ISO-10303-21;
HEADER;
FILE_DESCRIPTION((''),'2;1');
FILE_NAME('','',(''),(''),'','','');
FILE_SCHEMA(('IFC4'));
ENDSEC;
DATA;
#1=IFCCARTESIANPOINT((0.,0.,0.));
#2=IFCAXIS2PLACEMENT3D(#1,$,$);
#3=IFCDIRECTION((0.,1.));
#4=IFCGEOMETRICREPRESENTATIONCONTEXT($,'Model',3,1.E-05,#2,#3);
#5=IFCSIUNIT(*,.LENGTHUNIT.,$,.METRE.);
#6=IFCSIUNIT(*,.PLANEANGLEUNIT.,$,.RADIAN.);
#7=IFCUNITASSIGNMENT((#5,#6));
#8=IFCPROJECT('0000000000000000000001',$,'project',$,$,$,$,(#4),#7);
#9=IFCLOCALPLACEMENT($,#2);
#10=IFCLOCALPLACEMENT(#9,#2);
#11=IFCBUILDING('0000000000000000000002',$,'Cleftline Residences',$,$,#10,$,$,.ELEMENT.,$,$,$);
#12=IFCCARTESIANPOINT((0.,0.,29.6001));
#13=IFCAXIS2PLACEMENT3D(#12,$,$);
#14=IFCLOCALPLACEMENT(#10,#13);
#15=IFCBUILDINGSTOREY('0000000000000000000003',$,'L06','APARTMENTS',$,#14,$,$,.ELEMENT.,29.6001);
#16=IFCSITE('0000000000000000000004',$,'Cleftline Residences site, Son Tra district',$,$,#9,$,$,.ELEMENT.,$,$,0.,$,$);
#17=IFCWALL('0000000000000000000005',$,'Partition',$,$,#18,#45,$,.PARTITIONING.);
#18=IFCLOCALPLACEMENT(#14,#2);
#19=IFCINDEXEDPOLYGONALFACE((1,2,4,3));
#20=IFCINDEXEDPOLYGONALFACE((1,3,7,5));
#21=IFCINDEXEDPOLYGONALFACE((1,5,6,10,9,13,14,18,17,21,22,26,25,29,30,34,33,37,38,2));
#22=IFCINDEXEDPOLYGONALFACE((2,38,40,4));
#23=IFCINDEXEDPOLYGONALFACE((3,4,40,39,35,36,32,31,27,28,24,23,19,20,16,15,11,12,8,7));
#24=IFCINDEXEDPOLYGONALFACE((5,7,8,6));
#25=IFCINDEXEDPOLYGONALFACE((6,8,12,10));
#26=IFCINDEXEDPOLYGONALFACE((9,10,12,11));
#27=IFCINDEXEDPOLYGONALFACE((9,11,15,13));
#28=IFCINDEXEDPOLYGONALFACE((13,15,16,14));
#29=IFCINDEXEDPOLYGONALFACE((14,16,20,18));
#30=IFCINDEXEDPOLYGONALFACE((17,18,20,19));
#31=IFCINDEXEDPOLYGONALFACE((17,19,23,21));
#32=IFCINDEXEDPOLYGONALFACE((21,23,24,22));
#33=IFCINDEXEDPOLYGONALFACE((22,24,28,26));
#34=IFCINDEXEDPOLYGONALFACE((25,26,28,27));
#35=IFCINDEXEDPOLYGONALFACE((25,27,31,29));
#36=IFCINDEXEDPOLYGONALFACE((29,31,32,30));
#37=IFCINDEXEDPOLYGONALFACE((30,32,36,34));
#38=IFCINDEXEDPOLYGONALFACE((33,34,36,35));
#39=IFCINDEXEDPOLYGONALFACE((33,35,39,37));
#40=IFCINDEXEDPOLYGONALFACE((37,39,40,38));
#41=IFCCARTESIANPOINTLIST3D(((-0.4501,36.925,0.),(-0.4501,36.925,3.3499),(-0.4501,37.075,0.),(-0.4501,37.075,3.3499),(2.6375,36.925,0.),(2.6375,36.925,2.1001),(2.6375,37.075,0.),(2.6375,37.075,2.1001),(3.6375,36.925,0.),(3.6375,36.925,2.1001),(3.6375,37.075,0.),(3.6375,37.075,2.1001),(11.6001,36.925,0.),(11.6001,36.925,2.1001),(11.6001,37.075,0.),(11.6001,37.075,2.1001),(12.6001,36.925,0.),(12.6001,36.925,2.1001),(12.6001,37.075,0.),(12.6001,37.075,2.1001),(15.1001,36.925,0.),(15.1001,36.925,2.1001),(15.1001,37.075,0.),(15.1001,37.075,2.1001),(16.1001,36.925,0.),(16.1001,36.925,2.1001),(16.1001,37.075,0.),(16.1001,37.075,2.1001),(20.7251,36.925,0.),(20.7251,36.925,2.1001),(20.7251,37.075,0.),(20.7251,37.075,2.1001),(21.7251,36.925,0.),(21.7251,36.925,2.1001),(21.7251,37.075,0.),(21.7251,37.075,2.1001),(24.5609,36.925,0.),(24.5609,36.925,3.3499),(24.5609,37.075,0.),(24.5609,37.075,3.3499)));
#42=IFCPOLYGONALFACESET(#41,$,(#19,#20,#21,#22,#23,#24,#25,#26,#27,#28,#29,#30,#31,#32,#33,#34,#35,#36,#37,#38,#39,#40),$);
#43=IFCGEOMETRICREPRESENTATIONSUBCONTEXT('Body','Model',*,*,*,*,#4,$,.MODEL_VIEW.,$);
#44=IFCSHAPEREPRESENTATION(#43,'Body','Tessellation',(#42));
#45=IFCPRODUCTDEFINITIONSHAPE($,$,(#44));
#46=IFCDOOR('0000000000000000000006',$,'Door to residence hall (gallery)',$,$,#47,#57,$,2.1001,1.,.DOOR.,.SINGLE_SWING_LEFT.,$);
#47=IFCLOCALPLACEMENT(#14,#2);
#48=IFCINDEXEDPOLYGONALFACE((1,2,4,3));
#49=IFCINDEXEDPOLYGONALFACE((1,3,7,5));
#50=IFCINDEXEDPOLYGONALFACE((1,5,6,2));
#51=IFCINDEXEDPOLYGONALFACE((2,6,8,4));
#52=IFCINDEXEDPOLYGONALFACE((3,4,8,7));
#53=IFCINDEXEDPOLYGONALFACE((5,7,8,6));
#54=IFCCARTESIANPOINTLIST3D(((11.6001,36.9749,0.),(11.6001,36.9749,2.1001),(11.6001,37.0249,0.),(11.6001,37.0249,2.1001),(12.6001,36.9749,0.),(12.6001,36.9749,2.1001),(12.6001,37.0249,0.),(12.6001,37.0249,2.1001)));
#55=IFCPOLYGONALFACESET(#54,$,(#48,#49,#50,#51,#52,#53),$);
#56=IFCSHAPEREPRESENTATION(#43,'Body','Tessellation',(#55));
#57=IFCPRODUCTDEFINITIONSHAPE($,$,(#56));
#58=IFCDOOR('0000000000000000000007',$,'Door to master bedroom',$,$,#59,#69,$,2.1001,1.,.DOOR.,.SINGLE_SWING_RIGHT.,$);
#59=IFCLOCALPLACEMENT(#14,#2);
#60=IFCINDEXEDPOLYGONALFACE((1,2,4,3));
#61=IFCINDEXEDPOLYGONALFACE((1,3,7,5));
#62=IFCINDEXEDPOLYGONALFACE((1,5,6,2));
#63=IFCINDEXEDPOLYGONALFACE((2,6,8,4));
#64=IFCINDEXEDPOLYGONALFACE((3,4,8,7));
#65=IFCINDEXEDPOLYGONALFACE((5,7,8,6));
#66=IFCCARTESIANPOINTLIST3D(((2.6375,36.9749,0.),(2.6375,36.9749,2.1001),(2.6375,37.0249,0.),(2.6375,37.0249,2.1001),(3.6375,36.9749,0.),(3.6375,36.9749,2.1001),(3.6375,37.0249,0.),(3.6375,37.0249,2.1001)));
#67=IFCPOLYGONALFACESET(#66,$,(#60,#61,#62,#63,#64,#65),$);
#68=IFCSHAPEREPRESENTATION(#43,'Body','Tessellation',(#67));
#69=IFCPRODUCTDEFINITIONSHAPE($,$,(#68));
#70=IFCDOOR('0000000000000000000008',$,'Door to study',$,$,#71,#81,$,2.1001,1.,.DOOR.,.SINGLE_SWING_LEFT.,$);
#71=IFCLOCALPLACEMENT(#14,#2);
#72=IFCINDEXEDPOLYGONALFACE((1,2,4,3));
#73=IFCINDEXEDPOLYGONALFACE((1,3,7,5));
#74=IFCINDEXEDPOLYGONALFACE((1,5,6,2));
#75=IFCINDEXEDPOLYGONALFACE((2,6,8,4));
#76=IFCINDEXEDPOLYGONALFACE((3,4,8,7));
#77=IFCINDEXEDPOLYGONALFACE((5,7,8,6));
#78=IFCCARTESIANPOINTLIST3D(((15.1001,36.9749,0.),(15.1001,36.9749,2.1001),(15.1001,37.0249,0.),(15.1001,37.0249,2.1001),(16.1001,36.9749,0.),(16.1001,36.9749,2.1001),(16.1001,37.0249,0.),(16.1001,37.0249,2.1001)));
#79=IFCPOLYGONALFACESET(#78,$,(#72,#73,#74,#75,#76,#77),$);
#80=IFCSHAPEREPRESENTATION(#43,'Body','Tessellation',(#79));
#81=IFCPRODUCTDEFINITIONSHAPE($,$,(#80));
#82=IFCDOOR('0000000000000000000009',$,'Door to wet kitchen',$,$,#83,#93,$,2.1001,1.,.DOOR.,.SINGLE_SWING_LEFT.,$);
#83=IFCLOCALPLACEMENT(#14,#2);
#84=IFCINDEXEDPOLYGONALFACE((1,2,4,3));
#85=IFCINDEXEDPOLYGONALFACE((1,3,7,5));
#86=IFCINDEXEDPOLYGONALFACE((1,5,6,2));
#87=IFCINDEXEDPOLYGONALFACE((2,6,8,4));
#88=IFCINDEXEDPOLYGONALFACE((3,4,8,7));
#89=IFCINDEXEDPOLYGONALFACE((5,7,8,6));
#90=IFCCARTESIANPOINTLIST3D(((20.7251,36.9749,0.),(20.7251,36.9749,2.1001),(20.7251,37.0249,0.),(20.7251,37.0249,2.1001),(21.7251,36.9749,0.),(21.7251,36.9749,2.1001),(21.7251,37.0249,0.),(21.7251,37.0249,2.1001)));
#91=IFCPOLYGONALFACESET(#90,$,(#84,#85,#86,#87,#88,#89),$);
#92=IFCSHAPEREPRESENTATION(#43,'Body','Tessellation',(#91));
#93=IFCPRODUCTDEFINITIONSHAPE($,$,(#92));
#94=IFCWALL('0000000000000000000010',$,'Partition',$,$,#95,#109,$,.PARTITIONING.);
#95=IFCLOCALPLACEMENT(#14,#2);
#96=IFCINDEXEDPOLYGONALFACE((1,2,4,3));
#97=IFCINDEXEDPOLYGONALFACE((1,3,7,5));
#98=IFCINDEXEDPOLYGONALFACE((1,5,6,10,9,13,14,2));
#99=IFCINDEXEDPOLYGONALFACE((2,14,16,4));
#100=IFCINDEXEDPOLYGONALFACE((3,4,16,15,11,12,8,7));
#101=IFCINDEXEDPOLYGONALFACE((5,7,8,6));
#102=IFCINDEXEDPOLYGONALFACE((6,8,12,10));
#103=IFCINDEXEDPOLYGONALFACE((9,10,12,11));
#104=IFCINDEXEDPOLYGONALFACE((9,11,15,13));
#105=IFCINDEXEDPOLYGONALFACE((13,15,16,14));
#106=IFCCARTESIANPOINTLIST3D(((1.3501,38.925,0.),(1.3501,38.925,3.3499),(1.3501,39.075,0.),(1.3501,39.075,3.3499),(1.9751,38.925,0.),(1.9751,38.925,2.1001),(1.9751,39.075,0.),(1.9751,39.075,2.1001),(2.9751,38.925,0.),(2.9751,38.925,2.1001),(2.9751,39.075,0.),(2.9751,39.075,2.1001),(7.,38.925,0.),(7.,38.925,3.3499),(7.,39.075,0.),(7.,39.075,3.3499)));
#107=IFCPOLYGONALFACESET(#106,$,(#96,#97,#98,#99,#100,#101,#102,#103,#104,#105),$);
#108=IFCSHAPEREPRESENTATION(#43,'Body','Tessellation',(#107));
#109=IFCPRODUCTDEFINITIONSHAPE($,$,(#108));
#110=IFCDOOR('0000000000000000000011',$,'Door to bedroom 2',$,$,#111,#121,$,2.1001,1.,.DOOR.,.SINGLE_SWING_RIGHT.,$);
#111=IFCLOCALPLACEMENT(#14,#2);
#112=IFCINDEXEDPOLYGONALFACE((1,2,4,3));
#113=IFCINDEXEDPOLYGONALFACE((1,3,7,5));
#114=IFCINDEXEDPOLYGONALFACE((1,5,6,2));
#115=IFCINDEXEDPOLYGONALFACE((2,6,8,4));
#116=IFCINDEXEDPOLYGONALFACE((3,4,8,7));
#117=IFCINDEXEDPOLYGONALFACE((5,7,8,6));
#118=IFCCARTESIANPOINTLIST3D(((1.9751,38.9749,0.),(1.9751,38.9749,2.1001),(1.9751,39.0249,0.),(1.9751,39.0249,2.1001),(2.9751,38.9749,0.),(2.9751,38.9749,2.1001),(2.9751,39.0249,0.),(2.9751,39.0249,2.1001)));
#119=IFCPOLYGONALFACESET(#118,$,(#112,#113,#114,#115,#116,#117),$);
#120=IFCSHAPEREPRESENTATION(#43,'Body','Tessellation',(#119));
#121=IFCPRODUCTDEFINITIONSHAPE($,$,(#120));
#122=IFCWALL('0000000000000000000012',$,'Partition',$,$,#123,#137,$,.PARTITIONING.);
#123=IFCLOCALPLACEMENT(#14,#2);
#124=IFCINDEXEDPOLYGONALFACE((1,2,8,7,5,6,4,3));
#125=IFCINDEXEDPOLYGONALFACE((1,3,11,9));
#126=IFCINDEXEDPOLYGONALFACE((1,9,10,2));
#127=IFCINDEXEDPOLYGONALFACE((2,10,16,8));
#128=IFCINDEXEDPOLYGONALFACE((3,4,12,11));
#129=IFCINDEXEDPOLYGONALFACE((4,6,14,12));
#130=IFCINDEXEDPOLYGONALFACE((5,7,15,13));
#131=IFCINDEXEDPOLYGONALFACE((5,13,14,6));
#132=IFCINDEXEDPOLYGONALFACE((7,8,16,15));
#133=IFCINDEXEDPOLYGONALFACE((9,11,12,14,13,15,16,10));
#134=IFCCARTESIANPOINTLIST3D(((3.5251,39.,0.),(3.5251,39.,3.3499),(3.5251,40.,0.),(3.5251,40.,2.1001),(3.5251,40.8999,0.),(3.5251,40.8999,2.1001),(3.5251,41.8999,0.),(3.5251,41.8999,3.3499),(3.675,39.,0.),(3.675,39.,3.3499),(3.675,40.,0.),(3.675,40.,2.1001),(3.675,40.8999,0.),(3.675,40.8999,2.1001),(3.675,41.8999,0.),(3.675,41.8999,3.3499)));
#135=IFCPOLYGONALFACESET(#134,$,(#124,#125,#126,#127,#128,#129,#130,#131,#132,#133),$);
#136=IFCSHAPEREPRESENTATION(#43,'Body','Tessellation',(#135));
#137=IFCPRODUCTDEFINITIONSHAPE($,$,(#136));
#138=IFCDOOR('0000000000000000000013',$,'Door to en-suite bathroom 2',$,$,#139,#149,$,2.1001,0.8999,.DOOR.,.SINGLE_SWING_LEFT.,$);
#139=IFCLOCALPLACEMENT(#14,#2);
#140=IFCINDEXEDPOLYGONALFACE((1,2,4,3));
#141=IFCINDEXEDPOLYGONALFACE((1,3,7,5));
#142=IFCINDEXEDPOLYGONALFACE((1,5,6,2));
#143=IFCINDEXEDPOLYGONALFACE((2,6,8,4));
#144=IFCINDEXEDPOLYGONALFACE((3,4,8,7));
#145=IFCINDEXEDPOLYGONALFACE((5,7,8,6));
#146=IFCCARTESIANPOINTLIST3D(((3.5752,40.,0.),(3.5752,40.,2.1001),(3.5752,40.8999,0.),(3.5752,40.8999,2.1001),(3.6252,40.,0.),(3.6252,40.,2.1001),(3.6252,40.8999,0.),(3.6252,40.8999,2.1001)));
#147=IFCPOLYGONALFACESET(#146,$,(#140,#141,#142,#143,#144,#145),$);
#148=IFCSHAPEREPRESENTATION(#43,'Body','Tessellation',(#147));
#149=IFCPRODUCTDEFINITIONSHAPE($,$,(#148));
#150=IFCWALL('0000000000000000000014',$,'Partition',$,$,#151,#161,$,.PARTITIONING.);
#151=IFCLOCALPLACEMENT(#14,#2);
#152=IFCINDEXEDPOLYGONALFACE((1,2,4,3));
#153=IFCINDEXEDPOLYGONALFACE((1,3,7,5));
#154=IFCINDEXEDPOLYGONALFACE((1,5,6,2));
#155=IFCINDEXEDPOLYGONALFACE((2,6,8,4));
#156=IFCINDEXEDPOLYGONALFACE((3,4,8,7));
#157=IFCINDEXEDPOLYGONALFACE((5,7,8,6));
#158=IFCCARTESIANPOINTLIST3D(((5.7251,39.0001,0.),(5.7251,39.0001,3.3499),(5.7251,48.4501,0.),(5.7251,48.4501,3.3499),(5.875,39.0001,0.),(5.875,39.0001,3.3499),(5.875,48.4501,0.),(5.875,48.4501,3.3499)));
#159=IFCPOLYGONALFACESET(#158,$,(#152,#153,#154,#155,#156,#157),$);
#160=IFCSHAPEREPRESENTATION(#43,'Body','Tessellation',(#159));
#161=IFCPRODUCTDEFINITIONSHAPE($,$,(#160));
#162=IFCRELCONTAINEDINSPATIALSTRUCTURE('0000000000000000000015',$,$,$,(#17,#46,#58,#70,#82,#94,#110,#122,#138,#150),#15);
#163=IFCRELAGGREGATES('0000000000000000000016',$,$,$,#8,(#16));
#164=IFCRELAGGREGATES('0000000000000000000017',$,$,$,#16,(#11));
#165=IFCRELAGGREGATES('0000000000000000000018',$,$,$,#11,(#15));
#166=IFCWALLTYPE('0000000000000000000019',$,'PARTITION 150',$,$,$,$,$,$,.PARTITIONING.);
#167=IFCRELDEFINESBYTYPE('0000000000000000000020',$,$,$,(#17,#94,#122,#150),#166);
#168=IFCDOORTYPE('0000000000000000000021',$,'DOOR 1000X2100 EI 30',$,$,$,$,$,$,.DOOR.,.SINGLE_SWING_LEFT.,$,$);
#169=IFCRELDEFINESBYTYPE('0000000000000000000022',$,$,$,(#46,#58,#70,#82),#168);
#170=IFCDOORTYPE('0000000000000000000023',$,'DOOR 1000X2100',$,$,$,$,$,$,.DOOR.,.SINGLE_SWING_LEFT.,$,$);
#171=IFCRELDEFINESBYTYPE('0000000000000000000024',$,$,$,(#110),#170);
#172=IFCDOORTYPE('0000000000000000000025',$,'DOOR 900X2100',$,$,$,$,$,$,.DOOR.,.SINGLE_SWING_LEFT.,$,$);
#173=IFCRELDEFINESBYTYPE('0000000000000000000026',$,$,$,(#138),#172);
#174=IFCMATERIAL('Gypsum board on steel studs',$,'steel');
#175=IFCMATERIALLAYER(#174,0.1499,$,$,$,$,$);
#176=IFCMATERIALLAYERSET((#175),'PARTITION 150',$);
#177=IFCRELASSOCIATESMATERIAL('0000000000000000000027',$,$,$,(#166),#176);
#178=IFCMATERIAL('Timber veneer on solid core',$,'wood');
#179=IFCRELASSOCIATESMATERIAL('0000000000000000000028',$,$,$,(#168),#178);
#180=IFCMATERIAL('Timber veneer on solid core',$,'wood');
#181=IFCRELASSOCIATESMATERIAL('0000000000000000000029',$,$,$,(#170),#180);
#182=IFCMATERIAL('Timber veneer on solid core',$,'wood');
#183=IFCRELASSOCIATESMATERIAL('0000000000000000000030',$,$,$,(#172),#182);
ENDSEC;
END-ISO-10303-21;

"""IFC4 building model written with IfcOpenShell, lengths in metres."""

from ifc_helpers import new_model, si_unit, direction, frame, frame_2d, origin, place, context, subcontext, project, spatial, rectangle, extrude, material, layer, layer_set, type_object, element, fill, save


model = new_model("IFC4")

# Units and contexts
model_context = context("Model", 3, precision=1e-05, world=origin(), true_north=direction((0.0, 1.0)))
body_context = subcontext(model_context, "Body", "Model", "MODEL_VIEW")
ifc_project = project(units=[si_unit("LENGTHUNIT", "METRE"), si_unit("PLANEANGLEUNIT", "RADIAN")], contexts=[model_context])

# Site, building, storey
site_placement = place(None, origin())
site = spatial("IfcSite", under=ifc_project, at=site_placement, Name="Cleftline Residences site, Son Tra district", CompositionType="ELEMENT", RefElevation=0.0)
building_placement = place(site_placement, origin())
building = spatial("IfcBuilding", under=site, at=building_placement, Name="Cleftline Residences", CompositionType="ELEMENT")
storey_placement = place(building_placement, frame((0.0, 0.0, 29.6001)))
storey = spatial("IfcBuildingStorey", under=building, at=storey_placement, Name="L06", Description="APARTMENTS", CompositionType="ELEMENT", Elevation=29.6001)

# Shared definitions
ifc_material_1 = material(Name="Gypsum board on steel studs", Category="steel")
ifc_layer = layer(ifc_material_1, 0.1499)
ifc_layer_set = layer_set([ifc_layer], Name="PARTITION 150")
wall_type = type_object("IfcWallType", Name="PARTITION 150", PredefinedType="PARTITIONING", material=ifc_layer_set)

# Wall, openings, doors
wall_1_placement = place(storey_placement, frame((-0.45, 37.0, 0.0), z_axis=(0.0, 0.0, 1.0), x_axis=(1.0, 0.0, 0.0)))
wall_1 = element("IfcWall", 1, at=wall_1_placement, inside=storey, type_object=wall_type, Name="Partition", PredefinedType="PARTITIONING", context=body_context, shape_type="SweptSolid", body=[
    extrude(rectangle(XDim=25.011, YDim=0.1499, at=frame_2d((12.5054, 0.0))), origin(), (0.0, 0.0, 1.0), 3.3499),
])
opening_1_placement = place(wall_1_placement, frame((12.05, 0.0, 0.0)))
opening_1 = element("IfcOpeningElement", 2, at=opening_1_placement, cuts=wall_1, PredefinedType="OPENING", context=body_context, shape_type="SweptSolid", body=[
    extrude(rectangle(XDim=1.0, YDim=2.1001, at=frame_2d((0.5, 1.05))), frame((0.0, 0.085, 0.0), z_axis=(0.0, -1.0, 0.0), x_axis=(1.0, 0.0, 0.0)), (0.0, 0.0, 1.0), 0.1699),
])
opening_2_placement = place(wall_1_placement, frame((3.0874, 0.0, 0.0)))
opening_2 = element("IfcOpeningElement", 3, at=opening_2_placement, cuts=wall_1, PredefinedType="OPENING", context=body_context, shape_type="SweptSolid", body=[
    extrude(rectangle(XDim=1.0, YDim=2.1001, at=frame_2d((0.5, 1.05))), frame((0.0, 0.085, 0.0), z_axis=(0.0, -1.0, 0.0), x_axis=(1.0, 0.0, 0.0)), (0.0, 0.0, 1.0), 0.1699),
])
opening_3_placement = place(wall_1_placement, frame((15.55, 0.0, 0.0)))
opening_3 = element("IfcOpeningElement", 4, at=opening_3_placement, cuts=wall_1, PredefinedType="OPENING", context=body_context, shape_type="SweptSolid", body=[
    extrude(rectangle(XDim=1.0, YDim=2.1001, at=frame_2d((0.5, 1.05))), frame((0.0, 0.085, 0.0), z_axis=(0.0, -1.0, 0.0), x_axis=(1.0, 0.0, 0.0)), (0.0, 0.0, 1.0), 0.1699),
])
opening_4_placement = place(wall_1_placement, frame((21.175, 0.0, 0.0)))
opening_4 = element("IfcOpeningElement", 5, at=opening_4_placement, cuts=wall_1, PredefinedType="OPENING", context=body_context, shape_type="SweptSolid", body=[
    extrude(rectangle(XDim=1.0, YDim=2.1001, at=frame_2d((0.5, 1.05))), frame((0.0, 0.085, 0.0), z_axis=(0.0, -1.0, 0.0), x_axis=(1.0, 0.0, 0.0)), (0.0, 0.0, 1.0), 0.1699),
])
ifc_material_2 = material(Name="Timber veneer on solid core", Category="wood")
door_type_1 = type_object("IfcDoorType", Name="DOOR 1000X2100 EI 30", OperationType="SINGLE_SWING_LEFT", PredefinedType="DOOR", material=ifc_material_2)
door_1_placement = place(opening_1_placement, origin())
door_1 = element("IfcDoor", 6, at=door_1_placement, inside=storey, type_object=door_type_1, Name="Door to residence hall (gallery)", OperationType="SINGLE_SWING_LEFT", OverallHeight=2.1001, OverallWidth=1.0, PredefinedType="DOOR", context=body_context, shape_type="SweptSolid", body=[
    extrude(rectangle(XDim=1.0, YDim=2.1001, at=frame_2d((0.5, 1.05))), frame((0.0, 0.0249, 0.0), z_axis=(0.0, -1.0, 0.0), x_axis=(1.0, 0.0, 0.0)), (0.0, 0.0, 1.0), 0.05),
])
fill(opening_1, door_1)
door_2_placement = place(opening_2_placement, origin())
door_2 = element("IfcDoor", 7, at=door_2_placement, inside=storey, type_object=door_type_1, Name="Door to master bedroom", OperationType="SINGLE_SWING_RIGHT", OverallHeight=2.1001, OverallWidth=1.0, PredefinedType="DOOR", context=body_context, shape_type="SweptSolid", body=[
    extrude(rectangle(XDim=1.0, YDim=2.1001, at=frame_2d((0.5, 1.05))), frame((0.0, 0.0249, 0.0), z_axis=(0.0, -1.0, 0.0), x_axis=(1.0, 0.0, 0.0)), (0.0, 0.0, 1.0), 0.05),
])
fill(opening_2, door_2)
door_3_placement = place(opening_3_placement, origin())
door_3 = element("IfcDoor", 8, at=door_3_placement, inside=storey, type_object=door_type_1, Name="Door to study", OperationType="SINGLE_SWING_LEFT", OverallHeight=2.1001, OverallWidth=1.0, PredefinedType="DOOR", context=body_context, shape_type="SweptSolid", body=[
    extrude(rectangle(XDim=1.0, YDim=2.1001, at=frame_2d((0.5, 1.05))), frame((0.0, 0.0249, 0.0), z_axis=(0.0, -1.0, 0.0), x_axis=(1.0, 0.0, 0.0)), (0.0, 0.0, 1.0), 0.05),
])
fill(opening_3, door_3)
door_4_placement = place(opening_4_placement, origin())
door_4 = element("IfcDoor", 9, at=door_4_placement, inside=storey, type_object=door_type_1, Name="Door to wet kitchen", OperationType="SINGLE_SWING_LEFT", OverallHeight=2.1001, OverallWidth=1.0, PredefinedType="DOOR", context=body_context, shape_type="SweptSolid", body=[
    extrude(rectangle(XDim=1.0, YDim=2.1001, at=frame_2d((0.5, 1.05))), frame((0.0, 0.0249, 0.0), z_axis=(0.0, -1.0, 0.0), x_axis=(1.0, 0.0, 0.0)), (0.0, 0.0, 1.0), 0.05),
])
fill(opening_4, door_4)

# Walls, openings, doors
wall_2_placement = place(storey_placement, frame((1.3501, 39.0, 0.0), z_axis=(0.0, 0.0, 1.0), x_axis=(1.0, 0.0, 0.0)))
wall_2 = element("IfcWall", 10, at=wall_2_placement, inside=storey, type_object=wall_type, Name="Partition", PredefinedType="PARTITIONING", context=body_context, shape_type="SweptSolid", body=[
    extrude(rectangle(XDim=5.6499, YDim=0.1499, at=frame_2d((2.825, 0.0))), origin(), (0.0, 0.0, 1.0), 3.3499),
])
opening_5_placement = place(wall_2_placement, frame((0.625, 0.0, 0.0)))
opening_5 = element("IfcOpeningElement", 11, at=opening_5_placement, cuts=wall_2, PredefinedType="OPENING", context=body_context, shape_type="SweptSolid", body=[
    extrude(rectangle(XDim=1.0, YDim=2.1001, at=frame_2d((0.5, 1.05))), frame((0.0, 0.085, 0.0), z_axis=(0.0, -1.0, 0.0), x_axis=(1.0, 0.0, 0.0)), (0.0, 0.0, 1.0), 0.1699),
])
ifc_material_3 = material(Name="Timber veneer on solid core", Category="wood")
door_type_2 = type_object("IfcDoorType", Name="DOOR 1000X2100", OperationType="SINGLE_SWING_LEFT", PredefinedType="DOOR", material=ifc_material_3)
door_5_placement = place(opening_5_placement, origin())
door_5 = element("IfcDoor", 12, at=door_5_placement, inside=storey, type_object=door_type_2, Name="Door to bedroom 2", OperationType="SINGLE_SWING_RIGHT", OverallHeight=2.1001, OverallWidth=1.0, PredefinedType="DOOR", context=body_context, shape_type="SweptSolid", body=[
    extrude(rectangle(XDim=1.0, YDim=2.1001, at=frame_2d((0.5, 1.05))), frame((0.0, 0.0249, 0.0), z_axis=(0.0, -1.0, 0.0), x_axis=(1.0, 0.0, 0.0)), (0.0, 0.0, 1.0), 0.05),
])
fill(opening_5, door_5)
wall_3_placement = place(storey_placement, frame((3.6001, 39.0, 0.0), z_axis=(0.0, 0.0, 1.0), x_axis=(0.0, 1.0, 0.0)))
wall_3 = element("IfcWall", 13, at=wall_3_placement, inside=storey, type_object=wall_type, Name="Partition", PredefinedType="PARTITIONING", context=body_context, shape_type="SweptSolid", body=[
    extrude(rectangle(XDim=2.8999, YDim=0.1499, at=frame_2d((1.45, 0.0))), origin(), (0.0, 0.0, 1.0), 3.3499),
])
opening_6_placement = place(wall_3_placement, frame((1.0, 0.0, 0.0)))
opening_6 = element("IfcOpeningElement", 14, at=opening_6_placement, cuts=wall_3, PredefinedType="OPENING", context=body_context, shape_type="SweptSolid", body=[
    extrude(rectangle(XDim=0.8999, YDim=2.1001, at=frame_2d((0.45, 1.05))), frame((0.0, 0.085, 0.0), z_axis=(0.0, -1.0, 0.0), x_axis=(1.0, 0.0, 0.0)), (0.0, 0.0, 1.0), 0.1699),
])
ifc_material_4 = material(Name="Timber veneer on solid core", Category="wood")
door_type_3 = type_object("IfcDoorType", Name="DOOR 900X2100", OperationType="SINGLE_SWING_LEFT", PredefinedType="DOOR", material=ifc_material_4)
door_6_placement = place(opening_6_placement, origin())
door_6 = element("IfcDoor", 15, at=door_6_placement, inside=storey, type_object=door_type_3, Name="Door to en-suite bathroom 2", OperationType="SINGLE_SWING_LEFT", OverallHeight=2.1001, OverallWidth=0.8999, PredefinedType="DOOR", context=body_context, shape_type="SweptSolid", body=[
    extrude(rectangle(XDim=0.8999, YDim=2.1001, at=frame_2d((0.45, 1.05))), frame((0.0, 0.0249, 0.0), z_axis=(0.0, -1.0, 0.0), x_axis=(1.0, 0.0, 0.0)), (0.0, 0.0, 1.0), 0.05),
])
fill(opening_6, door_6)

# Wall
wall_4_placement = place(storey_placement, frame((5.8, 39.0, 0.0), z_axis=(0.0, 0.0, 1.0), x_axis=(0.0, 1.0, 0.0)))
element("IfcWall", 16, at=wall_4_placement, inside=storey, type_object=wall_type, Name="Partition", PredefinedType="PARTITIONING", context=body_context, shape_type="SweptSolid", body=[
    extrude(rectangle(XDim=9.45, YDim=0.1499, at=frame_2d((4.7251, 0.0))), origin(), (0.0, 0.0, 1.0), 3.3499),
])

save(model, "model.ifc")
